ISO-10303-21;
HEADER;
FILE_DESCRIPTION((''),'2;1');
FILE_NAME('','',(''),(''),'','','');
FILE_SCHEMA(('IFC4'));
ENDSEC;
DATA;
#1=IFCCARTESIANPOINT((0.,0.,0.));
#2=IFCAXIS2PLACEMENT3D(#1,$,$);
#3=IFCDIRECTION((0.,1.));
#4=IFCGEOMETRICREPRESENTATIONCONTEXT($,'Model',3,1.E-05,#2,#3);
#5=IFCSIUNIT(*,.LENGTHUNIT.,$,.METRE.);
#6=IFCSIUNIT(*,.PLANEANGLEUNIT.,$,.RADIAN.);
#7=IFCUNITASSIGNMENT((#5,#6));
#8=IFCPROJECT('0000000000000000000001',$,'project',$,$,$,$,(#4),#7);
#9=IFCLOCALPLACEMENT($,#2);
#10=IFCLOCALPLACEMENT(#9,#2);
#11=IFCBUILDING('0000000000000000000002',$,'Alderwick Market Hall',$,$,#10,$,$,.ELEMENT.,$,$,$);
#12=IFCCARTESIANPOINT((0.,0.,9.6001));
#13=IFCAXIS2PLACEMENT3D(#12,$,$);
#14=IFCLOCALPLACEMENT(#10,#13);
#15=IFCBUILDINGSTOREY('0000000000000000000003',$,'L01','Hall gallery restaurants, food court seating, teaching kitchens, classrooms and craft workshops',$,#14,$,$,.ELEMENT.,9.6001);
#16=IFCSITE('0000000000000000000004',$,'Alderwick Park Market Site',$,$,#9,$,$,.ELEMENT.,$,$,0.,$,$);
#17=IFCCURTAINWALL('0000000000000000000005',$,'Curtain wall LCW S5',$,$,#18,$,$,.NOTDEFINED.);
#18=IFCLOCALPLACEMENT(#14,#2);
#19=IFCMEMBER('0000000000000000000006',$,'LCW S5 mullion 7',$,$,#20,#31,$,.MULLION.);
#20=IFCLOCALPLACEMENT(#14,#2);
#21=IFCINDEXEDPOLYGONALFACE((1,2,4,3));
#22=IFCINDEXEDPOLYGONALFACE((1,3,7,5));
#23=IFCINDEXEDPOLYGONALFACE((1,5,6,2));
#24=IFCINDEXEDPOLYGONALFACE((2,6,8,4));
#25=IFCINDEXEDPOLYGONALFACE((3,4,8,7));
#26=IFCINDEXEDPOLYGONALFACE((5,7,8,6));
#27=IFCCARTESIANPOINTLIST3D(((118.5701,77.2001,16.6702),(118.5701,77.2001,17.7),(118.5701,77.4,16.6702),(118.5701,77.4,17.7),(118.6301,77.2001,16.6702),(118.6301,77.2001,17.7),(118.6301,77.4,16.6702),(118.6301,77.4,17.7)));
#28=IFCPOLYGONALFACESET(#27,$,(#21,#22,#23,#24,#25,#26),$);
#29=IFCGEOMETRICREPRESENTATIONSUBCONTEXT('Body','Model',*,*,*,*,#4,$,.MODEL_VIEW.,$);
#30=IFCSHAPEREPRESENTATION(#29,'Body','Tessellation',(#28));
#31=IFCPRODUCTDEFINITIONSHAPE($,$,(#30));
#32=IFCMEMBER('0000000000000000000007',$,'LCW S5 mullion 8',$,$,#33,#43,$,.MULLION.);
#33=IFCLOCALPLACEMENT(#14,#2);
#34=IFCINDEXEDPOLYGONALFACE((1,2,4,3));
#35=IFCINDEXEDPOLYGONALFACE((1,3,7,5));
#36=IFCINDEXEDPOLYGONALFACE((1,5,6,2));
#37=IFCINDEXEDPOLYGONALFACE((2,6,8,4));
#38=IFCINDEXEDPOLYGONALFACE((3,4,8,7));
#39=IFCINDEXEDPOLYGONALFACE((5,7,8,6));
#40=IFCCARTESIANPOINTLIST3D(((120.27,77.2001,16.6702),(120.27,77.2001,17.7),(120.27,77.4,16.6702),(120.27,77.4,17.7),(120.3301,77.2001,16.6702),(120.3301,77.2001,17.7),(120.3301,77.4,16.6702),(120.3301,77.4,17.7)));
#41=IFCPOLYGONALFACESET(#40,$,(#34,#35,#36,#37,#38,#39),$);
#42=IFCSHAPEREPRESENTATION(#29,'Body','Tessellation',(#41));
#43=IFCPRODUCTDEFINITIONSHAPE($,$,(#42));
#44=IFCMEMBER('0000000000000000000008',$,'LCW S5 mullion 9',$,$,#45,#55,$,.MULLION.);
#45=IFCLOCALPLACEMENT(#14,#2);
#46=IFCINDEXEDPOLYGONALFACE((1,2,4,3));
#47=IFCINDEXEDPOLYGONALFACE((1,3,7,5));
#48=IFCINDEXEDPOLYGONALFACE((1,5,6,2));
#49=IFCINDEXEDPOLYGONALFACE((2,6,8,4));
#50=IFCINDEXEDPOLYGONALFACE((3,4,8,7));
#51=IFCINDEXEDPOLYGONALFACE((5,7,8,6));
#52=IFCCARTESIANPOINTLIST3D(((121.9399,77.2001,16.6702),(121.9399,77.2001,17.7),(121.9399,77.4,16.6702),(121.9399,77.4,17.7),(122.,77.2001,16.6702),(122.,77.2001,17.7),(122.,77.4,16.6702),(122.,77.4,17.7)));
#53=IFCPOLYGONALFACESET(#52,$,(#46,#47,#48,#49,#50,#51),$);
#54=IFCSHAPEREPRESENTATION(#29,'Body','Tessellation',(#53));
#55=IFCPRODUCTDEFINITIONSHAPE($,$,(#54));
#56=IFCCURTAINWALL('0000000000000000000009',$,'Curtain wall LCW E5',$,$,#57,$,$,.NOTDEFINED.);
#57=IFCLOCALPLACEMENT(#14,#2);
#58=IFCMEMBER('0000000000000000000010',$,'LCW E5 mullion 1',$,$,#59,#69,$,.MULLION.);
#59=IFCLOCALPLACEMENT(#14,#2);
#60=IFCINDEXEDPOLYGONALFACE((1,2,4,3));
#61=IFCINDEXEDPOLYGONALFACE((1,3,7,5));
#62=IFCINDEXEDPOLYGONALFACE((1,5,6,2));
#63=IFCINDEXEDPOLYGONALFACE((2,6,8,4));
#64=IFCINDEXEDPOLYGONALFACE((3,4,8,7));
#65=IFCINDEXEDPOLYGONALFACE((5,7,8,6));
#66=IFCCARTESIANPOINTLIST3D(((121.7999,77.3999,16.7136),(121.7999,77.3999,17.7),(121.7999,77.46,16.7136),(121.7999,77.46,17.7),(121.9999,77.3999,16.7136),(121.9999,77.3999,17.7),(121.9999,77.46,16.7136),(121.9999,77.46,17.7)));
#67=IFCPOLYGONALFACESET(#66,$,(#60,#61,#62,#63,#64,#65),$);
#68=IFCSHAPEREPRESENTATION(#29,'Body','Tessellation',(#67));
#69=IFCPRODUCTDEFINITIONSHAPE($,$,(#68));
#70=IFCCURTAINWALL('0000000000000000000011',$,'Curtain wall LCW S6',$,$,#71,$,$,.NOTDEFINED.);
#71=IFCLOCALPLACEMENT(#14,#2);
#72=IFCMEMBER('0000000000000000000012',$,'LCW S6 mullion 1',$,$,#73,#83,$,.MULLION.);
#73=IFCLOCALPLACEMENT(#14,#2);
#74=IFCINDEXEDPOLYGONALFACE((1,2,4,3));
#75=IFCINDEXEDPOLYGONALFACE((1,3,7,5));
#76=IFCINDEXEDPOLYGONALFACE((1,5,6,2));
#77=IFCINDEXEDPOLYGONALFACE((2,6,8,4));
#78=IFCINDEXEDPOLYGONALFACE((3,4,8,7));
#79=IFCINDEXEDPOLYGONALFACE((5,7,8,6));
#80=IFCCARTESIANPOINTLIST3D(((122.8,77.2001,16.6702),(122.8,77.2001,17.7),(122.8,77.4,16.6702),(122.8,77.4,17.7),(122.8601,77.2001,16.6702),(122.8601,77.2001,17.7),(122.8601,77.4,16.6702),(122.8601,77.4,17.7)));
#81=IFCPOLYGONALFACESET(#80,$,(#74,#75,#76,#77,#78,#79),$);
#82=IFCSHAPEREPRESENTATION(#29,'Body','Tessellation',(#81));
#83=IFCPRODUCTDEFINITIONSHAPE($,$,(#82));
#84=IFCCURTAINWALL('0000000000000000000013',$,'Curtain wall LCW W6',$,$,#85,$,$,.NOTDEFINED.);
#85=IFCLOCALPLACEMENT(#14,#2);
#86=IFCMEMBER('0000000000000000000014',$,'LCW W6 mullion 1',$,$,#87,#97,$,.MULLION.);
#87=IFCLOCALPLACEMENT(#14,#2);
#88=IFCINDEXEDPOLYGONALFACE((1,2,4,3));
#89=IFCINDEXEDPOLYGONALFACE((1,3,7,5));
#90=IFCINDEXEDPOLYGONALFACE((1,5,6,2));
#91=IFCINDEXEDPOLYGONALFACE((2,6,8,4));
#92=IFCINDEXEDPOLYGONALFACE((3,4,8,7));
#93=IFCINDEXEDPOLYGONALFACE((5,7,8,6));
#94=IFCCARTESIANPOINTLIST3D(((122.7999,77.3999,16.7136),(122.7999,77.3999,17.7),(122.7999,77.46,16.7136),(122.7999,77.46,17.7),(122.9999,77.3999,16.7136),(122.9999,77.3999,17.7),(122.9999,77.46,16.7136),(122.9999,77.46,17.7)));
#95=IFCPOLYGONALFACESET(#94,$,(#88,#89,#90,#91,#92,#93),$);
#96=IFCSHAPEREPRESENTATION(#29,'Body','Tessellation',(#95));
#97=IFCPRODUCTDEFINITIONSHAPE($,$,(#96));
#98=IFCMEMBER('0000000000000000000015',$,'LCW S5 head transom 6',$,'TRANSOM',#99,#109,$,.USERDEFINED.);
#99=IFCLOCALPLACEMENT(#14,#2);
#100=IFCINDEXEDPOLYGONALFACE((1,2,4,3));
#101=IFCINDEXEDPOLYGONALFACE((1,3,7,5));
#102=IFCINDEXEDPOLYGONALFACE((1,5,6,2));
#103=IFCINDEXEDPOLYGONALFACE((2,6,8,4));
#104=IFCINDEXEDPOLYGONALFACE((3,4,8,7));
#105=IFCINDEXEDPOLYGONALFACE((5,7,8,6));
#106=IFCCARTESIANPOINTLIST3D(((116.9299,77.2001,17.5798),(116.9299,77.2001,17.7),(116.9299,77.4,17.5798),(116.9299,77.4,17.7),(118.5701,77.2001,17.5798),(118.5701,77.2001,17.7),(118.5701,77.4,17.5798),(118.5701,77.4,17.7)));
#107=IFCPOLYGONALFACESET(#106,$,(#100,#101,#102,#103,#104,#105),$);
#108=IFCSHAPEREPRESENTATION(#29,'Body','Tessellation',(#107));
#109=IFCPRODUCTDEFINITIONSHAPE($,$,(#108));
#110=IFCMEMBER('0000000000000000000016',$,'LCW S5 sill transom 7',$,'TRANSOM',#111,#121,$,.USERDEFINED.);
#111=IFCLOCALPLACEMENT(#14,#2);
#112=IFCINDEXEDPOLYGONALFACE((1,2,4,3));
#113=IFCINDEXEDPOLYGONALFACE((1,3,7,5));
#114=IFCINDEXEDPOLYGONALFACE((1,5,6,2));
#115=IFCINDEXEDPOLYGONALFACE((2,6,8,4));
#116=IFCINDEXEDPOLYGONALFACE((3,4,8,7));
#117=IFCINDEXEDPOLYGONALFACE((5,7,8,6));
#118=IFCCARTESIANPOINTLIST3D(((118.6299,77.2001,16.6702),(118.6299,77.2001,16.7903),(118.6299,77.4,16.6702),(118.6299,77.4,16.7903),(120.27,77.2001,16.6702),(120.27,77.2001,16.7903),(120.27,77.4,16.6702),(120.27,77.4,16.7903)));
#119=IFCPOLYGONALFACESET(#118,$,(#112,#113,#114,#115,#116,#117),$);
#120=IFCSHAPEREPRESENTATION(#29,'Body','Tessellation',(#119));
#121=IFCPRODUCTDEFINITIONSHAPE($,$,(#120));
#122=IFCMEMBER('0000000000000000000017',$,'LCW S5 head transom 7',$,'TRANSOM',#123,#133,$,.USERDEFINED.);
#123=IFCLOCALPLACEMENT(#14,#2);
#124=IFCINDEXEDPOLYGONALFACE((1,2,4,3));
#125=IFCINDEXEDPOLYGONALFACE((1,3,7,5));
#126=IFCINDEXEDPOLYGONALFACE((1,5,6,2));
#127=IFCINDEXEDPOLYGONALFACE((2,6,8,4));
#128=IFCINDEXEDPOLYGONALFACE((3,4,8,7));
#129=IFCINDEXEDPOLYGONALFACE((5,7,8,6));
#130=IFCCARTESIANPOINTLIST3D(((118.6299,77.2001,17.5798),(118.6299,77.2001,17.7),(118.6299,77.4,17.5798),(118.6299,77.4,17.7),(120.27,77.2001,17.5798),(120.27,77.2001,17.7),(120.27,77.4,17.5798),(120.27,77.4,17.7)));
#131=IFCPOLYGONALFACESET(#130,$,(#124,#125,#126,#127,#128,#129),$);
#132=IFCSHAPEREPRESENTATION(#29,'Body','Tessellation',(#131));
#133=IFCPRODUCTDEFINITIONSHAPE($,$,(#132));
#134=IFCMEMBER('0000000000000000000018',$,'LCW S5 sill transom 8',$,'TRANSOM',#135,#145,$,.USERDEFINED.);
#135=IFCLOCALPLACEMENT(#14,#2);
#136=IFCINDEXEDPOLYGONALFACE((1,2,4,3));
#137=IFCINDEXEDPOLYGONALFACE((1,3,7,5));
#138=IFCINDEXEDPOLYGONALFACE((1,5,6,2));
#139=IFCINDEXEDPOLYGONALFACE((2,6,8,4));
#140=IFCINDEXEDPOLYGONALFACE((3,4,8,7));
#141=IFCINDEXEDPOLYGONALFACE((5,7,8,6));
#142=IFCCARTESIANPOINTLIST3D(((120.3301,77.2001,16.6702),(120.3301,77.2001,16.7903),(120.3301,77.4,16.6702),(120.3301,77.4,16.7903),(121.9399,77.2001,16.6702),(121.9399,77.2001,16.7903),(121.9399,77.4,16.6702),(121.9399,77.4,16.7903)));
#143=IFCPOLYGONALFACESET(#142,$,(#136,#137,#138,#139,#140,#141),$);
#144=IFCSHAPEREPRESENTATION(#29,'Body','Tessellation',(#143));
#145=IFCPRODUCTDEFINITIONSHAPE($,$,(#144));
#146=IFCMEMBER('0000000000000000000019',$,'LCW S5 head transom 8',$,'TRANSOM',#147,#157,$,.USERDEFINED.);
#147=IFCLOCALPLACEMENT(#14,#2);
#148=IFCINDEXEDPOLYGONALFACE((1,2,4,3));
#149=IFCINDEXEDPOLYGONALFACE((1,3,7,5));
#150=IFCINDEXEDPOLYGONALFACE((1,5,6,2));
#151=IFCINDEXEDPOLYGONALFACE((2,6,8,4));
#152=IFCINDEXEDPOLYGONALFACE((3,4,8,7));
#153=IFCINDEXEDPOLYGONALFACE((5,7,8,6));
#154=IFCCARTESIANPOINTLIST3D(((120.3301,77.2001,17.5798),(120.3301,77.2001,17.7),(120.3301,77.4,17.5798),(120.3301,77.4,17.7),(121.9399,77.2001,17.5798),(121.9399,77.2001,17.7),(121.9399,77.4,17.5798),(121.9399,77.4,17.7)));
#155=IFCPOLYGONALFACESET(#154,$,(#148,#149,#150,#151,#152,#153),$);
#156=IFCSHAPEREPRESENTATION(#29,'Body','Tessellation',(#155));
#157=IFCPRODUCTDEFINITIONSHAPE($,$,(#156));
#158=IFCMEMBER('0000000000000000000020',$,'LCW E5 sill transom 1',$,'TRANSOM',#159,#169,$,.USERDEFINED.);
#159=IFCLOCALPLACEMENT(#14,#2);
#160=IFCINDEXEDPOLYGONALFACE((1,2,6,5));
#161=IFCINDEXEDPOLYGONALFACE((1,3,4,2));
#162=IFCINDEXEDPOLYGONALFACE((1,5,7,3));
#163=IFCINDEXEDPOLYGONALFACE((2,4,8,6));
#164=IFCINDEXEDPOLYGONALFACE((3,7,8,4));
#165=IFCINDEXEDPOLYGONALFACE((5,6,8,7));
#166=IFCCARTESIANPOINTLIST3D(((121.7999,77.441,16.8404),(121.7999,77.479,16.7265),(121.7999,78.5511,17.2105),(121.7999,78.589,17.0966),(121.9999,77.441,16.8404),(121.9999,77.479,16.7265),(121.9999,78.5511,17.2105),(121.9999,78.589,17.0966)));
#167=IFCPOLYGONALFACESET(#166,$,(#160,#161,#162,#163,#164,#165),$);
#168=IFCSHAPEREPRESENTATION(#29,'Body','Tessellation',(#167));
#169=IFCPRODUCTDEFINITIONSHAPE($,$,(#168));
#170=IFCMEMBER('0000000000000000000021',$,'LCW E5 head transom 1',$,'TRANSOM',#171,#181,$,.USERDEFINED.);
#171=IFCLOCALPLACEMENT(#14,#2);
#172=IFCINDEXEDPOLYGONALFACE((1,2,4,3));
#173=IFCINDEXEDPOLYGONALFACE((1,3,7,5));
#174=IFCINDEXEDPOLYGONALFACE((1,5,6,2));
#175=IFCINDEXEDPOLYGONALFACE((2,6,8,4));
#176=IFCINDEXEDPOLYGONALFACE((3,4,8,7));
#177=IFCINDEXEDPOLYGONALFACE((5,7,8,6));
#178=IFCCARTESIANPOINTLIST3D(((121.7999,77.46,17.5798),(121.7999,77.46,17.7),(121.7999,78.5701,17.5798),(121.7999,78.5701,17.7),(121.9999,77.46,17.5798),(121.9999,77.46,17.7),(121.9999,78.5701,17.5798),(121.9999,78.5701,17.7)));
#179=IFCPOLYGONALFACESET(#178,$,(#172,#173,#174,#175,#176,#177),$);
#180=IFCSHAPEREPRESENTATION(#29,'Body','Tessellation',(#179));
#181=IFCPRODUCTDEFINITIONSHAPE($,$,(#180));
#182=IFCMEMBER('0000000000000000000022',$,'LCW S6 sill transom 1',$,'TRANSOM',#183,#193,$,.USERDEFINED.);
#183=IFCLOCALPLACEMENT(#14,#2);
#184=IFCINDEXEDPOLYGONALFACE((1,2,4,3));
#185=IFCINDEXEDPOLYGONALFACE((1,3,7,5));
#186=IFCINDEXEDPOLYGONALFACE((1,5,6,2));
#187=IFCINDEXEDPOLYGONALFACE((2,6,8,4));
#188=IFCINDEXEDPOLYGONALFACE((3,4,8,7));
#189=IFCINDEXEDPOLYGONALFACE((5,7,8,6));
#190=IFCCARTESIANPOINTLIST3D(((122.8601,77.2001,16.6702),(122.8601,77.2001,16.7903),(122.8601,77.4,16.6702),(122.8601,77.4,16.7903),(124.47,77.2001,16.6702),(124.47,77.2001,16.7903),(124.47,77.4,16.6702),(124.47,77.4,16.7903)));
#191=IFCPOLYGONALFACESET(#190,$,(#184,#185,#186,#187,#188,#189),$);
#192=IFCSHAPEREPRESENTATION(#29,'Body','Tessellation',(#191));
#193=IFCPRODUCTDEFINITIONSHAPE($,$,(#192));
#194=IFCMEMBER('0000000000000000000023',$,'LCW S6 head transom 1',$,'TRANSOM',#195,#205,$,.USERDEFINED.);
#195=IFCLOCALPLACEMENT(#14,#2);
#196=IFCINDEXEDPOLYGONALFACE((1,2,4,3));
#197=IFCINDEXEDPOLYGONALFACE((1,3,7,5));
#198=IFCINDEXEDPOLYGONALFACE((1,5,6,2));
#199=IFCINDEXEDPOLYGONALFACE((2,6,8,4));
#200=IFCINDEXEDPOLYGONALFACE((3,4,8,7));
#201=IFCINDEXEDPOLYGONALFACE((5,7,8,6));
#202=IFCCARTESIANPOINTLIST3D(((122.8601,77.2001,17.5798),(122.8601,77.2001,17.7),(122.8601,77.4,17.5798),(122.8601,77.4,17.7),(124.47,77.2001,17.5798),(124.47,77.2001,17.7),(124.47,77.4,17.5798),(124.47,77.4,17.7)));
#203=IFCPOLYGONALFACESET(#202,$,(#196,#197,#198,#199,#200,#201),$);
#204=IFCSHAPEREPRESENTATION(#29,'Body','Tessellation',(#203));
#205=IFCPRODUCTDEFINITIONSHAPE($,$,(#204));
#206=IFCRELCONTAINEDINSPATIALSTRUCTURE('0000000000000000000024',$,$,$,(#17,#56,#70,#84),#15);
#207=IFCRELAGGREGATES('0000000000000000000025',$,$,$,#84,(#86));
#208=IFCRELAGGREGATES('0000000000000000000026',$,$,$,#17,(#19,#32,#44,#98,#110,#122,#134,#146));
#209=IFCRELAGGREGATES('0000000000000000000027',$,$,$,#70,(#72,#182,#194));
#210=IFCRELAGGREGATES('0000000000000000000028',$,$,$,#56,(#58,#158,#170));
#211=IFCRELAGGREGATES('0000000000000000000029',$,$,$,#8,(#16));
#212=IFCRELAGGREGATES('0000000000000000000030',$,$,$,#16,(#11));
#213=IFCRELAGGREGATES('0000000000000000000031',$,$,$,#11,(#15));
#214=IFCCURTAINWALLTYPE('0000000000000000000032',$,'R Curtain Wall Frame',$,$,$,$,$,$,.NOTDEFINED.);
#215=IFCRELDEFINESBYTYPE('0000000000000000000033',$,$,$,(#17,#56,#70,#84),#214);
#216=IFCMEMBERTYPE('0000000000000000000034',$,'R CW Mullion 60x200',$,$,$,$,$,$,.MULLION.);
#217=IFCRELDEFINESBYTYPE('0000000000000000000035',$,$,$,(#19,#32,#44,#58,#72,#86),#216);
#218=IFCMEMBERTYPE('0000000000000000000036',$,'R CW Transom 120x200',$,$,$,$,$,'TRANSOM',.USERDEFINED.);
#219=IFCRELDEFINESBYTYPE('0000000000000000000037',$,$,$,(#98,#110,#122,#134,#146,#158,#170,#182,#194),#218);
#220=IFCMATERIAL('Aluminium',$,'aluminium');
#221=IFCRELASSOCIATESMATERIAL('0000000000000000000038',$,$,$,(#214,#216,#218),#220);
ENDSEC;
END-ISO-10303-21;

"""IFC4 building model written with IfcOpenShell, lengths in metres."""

from ifc_helpers import new_model, si_unit, direction, frame, origin, origin_2d, place, context, subcontext, project, spatial, rectangle, extrude, material, material_profile, profile_set, type_object, element, aggregate, save


model = new_model("IFC4")

# Units and contexts
model_context = context("Model", 3, precision=1e-05, world=origin(), true_north=direction((0.0, 1.0)))
body_context = subcontext(model_context, "Body", "Model", "MODEL_VIEW")
ifc_project = project(units=[si_unit("LENGTHUNIT", "METRE"), si_unit("PLANEANGLEUNIT", "RADIAN")], contexts=[model_context])

# Site, building, storey
site_placement = place(None, origin())
site = spatial("IfcSite", under=ifc_project, at=site_placement, Name="Alderwick Park Market Site", CompositionType="ELEMENT", RefElevation=0.0)
building_placement = place(site_placement, origin())
building = spatial("IfcBuilding", under=site, at=building_placement, Name="Alderwick Market Hall", CompositionType="ELEMENT")
storey_placement = place(building_placement, frame((0.0, 0.0, 9.6001)))
storey = spatial("IfcBuildingStorey", under=building, at=storey_placement, Name="L01", Description="Hall gallery restaurants, food court seating, teaching kitchens, classrooms and craft workshops", CompositionType="ELEMENT", Elevation=9.6001)

# Curtain wall, members
ifc_material_1 = material(Name="Aluminium", Category="aluminium")
curtain_wall_type = type_object("IfcCurtainWallType", Name="R Curtain Wall Frame", PredefinedType="NOTDEFINED", material=ifc_material_1)
curtain_wall_1_placement = place(storey_placement, origin())
curtain_wall_1 = element("IfcCurtainWall", 1, at=curtain_wall_1_placement, inside=storey, type_object=curtain_wall_type, Name="Curtain wall LCW S5", PredefinedType="NOTDEFINED")
ifc_material_profile_1 = material_profile(ifc_material_1, rectangle(XDim=0.2, YDim=0.0601, at=origin_2d()), Name="AL 60x200")
ifc_profile_set_1 = profile_set([ifc_material_profile_1], Name="Aluminium")
member_type_1 = type_object("IfcMemberType", Name="R CW Mullion 60x200", PredefinedType="MULLION", material=ifc_profile_set_1)
member_1_placement = place(storey_placement, frame((118.6001, 77.3, 16.6702), z_axis=(0.0, 0.0, 1.0), x_axis=(0.0, 1.0, 0.0)))
member_1 = element("IfcMember", 2, at=member_1_placement, type_object=member_type_1, Name="LCW S5 mullion 7", PredefinedType="MULLION", context=body_context, shape_type="SweptSolid", body=[
    extrude(rectangle(XDim=0.2, YDim=0.0601, at=origin_2d()), origin(), (0.0, 0.0, 1.0), 1.0298),
])
member_2_placement = place(storey_placement, frame((120.3, 77.3, 16.6702), z_axis=(0.0, 0.0, 1.0), x_axis=(0.0, 1.0, 0.0)))
member_2 = element("IfcMember", 3, at=member_2_placement, type_object=member_type_1, Name="LCW S5 mullion 8", PredefinedType="MULLION", context=body_context, shape_type="SweptSolid", body=[
    extrude(rectangle(XDim=0.2, YDim=0.0601, at=origin_2d()), origin(), (0.0, 0.0, 1.0), 1.0298),
])
member_3_placement = place(storey_placement, frame((121.97, 77.3, 16.6702), z_axis=(0.0, 0.0, 1.0), x_axis=(0.0, 1.0, 0.0)))
member_3 = element("IfcMember", 4, at=member_3_placement, type_object=member_type_1, Name="LCW S5 mullion 9", PredefinedType="MULLION", context=body_context, shape_type="SweptSolid", body=[
    extrude(rectangle(XDim=0.2, YDim=0.0601, at=origin_2d()), origin(), (0.0, 0.0, 1.0), 1.0298),
])

# Curtain walls, members
curtain_wall_2_placement = place(storey_placement, origin())
curtain_wall_2 = element("IfcCurtainWall", 5, at=curtain_wall_2_placement, inside=storey, type_object=curtain_wall_type, Name="Curtain wall LCW E5", PredefinedType="NOTDEFINED")
member_4_placement = place(storey_placement, frame((121.8999, 77.4299, 16.7136), z_axis=(0.0, 0.0, 1.0), x_axis=(1.0, 0.0, 0.0)))
member_4 = element("IfcMember", 6, at=member_4_placement, type_object=member_type_1, Name="LCW E5 mullion 1", PredefinedType="MULLION", context=body_context, shape_type="SweptSolid", body=[
    extrude(rectangle(XDim=0.2, YDim=0.0601, at=origin_2d()), origin(), (0.0, 0.0, 1.0), 0.9863),
])
curtain_wall_3_placement = place(storey_placement, origin())
curtain_wall_3 = element("IfcCurtainWall", 7, at=curtain_wall_3_placement, inside=storey, type_object=curtain_wall_type, Name="Curtain wall LCW S6", PredefinedType="NOTDEFINED")
member_5_placement = place(storey_placement, frame((122.8301, 77.3, 16.6702), z_axis=(0.0, 0.0, 1.0), x_axis=(0.0, 1.0, 0.0)))
member_5 = element("IfcMember", 8, at=member_5_placement, type_object=member_type_1, Name="LCW S6 mullion 1", PredefinedType="MULLION", context=body_context, shape_type="SweptSolid", body=[
    extrude(rectangle(XDim=0.2, YDim=0.0601, at=origin_2d()), origin(), (0.0, 0.0, 1.0), 1.0298),
])
curtain_wall_4_placement = place(storey_placement, origin())
curtain_wall_4 = element("IfcCurtainWall", 9, at=curtain_wall_4_placement, inside=storey, type_object=curtain_wall_type, Name="Curtain wall LCW W6", PredefinedType="NOTDEFINED")
member_6_placement = place(storey_placement, frame((122.8999, 77.4299, 16.7136), z_axis=(0.0, 0.0, 1.0), x_axis=(1.0, 0.0, 0.0)))
member_6 = element("IfcMember", 10, at=member_6_placement, type_object=member_type_1, Name="LCW W6 mullion 1", PredefinedType="MULLION", context=body_context, shape_type="SweptSolid", body=[
    extrude(rectangle(XDim=0.2, YDim=0.0601, at=origin_2d()), origin(), (0.0, 0.0, 1.0), 0.9863),
])
aggregate(curtain_wall_4, [member_6])

# Members
ifc_material_profile_2 = material_profile(ifc_material_1, rectangle(XDim=0.2, YDim=0.1201, at=origin_2d()), Name="AL 120x200")
ifc_profile_set_2 = profile_set([ifc_material_profile_2], Name="Aluminium")
member_type_2 = type_object("IfcMemberType", Name="R CW Transom 120x200", ElementType="TRANSOM", PredefinedType="USERDEFINED", material=ifc_profile_set_2)
member_7_placement = place(storey_placement, frame((116.9299, 77.3, 17.6399), z_axis=(1.0, 0.0, 0.0), x_axis=(0.0, 1.0, 0.0)))
member_7 = element("IfcMember", 11, at=member_7_placement, type_object=member_type_2, Name="LCW S5 head transom 6", ObjectType="TRANSOM", PredefinedType="USERDEFINED", context=body_context, shape_type="SweptSolid", body=[
    extrude(rectangle(XDim=0.2, YDim=0.1201, at=origin_2d()), origin(), (0.0, 0.0, 1.0), 1.6401),
])
member_8_placement = place(storey_placement, frame((118.6299, 77.3, 16.7302), z_axis=(1.0, 0.0, 0.0), x_axis=(0.0, 1.0, 0.0)))
member_8 = element("IfcMember", 12, at=member_8_placement, type_object=member_type_2, Name="LCW S5 sill transom 7", ObjectType="TRANSOM", PredefinedType="USERDEFINED", context=body_context, shape_type="SweptSolid", body=[
    extrude(rectangle(XDim=0.2, YDim=0.1201, at=origin_2d()), origin(), (0.0, 0.0, 1.0), 1.6401),
])
member_9_placement = place(storey_placement, frame((118.6299, 77.3, 17.6399), z_axis=(1.0, 0.0, 0.0), x_axis=(0.0, 1.0, 0.0)))
member_9 = element("IfcMember", 13, at=member_9_placement, type_object=member_type_2, Name="LCW S5 head transom 7", ObjectType="TRANSOM", PredefinedType="USERDEFINED", context=body_context, shape_type="SweptSolid", body=[
    extrude(rectangle(XDim=0.2, YDim=0.1201, at=origin_2d()), origin(), (0.0, 0.0, 1.0), 1.6401),
])
member_10_placement = place(storey_placement, frame((120.3301, 77.3, 16.7302), z_axis=(1.0, 0.0, 0.0), x_axis=(0.0, 1.0, 0.0)))
member_10 = element("IfcMember", 14, at=member_10_placement, type_object=member_type_2, Name="LCW S5 sill transom 8", ObjectType="TRANSOM", PredefinedType="USERDEFINED", context=body_context, shape_type="SweptSolid", body=[
    extrude(rectangle(XDim=0.2, YDim=0.1201, at=origin_2d()), origin(), (0.0, 0.0, 1.0), 1.6099),
])
member_11_placement = place(storey_placement, frame((120.3301, 77.3, 17.6399), z_axis=(1.0, 0.0, 0.0), x_axis=(0.0, 1.0, 0.0)))
member_11 = element("IfcMember", 15, at=member_11_placement, type_object=member_type_2, Name="LCW S5 head transom 8", ObjectType="TRANSOM", PredefinedType="USERDEFINED", context=body_context, shape_type="SweptSolid", body=[
    extrude(rectangle(XDim=0.2, YDim=0.1201, at=origin_2d()), origin(), (0.0, 0.0, 1.0), 1.6099),
])
member_12_placement = place(storey_placement, frame((121.8999, 77.46, 16.7834), z_axis=(0.0, 0.948662, 0.31629), x_axis=(-1.0, 0.0, 0.0)))
member_12 = element("IfcMember", 16, at=member_12_placement, type_object=member_type_2, Name="LCW E5 sill transom 1", ObjectType="TRANSOM", PredefinedType="USERDEFINED", context=body_context, shape_type="SweptSolid", body=[
    extrude(rectangle(XDim=0.2, YDim=0.1201, at=origin_2d()), origin(), (0.0, 0.0, 1.0), 1.1702),
])
member_13_placement = place(storey_placement, frame((121.8999, 77.46, 17.6399), z_axis=(0.0, 1.0, 0.0), x_axis=(-1.0, 0.0, 0.0)))
member_13 = element("IfcMember", 17, at=member_13_placement, type_object=member_type_2, Name="LCW E5 head transom 1", ObjectType="TRANSOM", PredefinedType="USERDEFINED", context=body_context, shape_type="SweptSolid", body=[
    extrude(rectangle(XDim=0.2, YDim=0.1201, at=origin_2d()), origin(), (0.0, 0.0, 1.0), 1.1101),
])
member_14_placement = place(storey_placement, frame((122.8601, 77.3, 16.7302), z_axis=(1.0, 0.0, 0.0), x_axis=(0.0, 1.0, 0.0)))
member_14 = element("IfcMember", 18, at=member_14_placement, type_object=member_type_2, Name="LCW S6 sill transom 1", ObjectType="TRANSOM", PredefinedType="USERDEFINED", context=body_context, shape_type="SweptSolid", body=[
    extrude(rectangle(XDim=0.2, YDim=0.1201, at=origin_2d()), origin(), (0.0, 0.0, 1.0), 1.6099),
])
member_15_placement = place(storey_placement, frame((122.8601, 77.3, 17.6399), z_axis=(1.0, 0.0, 0.0), x_axis=(0.0, 1.0, 0.0)))
member_15 = element("IfcMember", 19, at=member_15_placement, type_object=member_type_2, Name="LCW S6 head transom 1", ObjectType="TRANSOM", PredefinedType="USERDEFINED", context=body_context, shape_type="SweptSolid", body=[
    extrude(rectangle(XDim=0.2, YDim=0.1201, at=origin_2d()), origin(), (0.0, 0.0, 1.0), 1.6099),
])

aggregate(curtain_wall_1, [member_1, member_2, member_3, member_7, member_8, member_9, member_10, member_11])
aggregate(curtain_wall_3, [member_5, member_14, member_15])

aggregate(curtain_wall_2, [member_4, member_12, member_13])

save(model, "model.ifc")
